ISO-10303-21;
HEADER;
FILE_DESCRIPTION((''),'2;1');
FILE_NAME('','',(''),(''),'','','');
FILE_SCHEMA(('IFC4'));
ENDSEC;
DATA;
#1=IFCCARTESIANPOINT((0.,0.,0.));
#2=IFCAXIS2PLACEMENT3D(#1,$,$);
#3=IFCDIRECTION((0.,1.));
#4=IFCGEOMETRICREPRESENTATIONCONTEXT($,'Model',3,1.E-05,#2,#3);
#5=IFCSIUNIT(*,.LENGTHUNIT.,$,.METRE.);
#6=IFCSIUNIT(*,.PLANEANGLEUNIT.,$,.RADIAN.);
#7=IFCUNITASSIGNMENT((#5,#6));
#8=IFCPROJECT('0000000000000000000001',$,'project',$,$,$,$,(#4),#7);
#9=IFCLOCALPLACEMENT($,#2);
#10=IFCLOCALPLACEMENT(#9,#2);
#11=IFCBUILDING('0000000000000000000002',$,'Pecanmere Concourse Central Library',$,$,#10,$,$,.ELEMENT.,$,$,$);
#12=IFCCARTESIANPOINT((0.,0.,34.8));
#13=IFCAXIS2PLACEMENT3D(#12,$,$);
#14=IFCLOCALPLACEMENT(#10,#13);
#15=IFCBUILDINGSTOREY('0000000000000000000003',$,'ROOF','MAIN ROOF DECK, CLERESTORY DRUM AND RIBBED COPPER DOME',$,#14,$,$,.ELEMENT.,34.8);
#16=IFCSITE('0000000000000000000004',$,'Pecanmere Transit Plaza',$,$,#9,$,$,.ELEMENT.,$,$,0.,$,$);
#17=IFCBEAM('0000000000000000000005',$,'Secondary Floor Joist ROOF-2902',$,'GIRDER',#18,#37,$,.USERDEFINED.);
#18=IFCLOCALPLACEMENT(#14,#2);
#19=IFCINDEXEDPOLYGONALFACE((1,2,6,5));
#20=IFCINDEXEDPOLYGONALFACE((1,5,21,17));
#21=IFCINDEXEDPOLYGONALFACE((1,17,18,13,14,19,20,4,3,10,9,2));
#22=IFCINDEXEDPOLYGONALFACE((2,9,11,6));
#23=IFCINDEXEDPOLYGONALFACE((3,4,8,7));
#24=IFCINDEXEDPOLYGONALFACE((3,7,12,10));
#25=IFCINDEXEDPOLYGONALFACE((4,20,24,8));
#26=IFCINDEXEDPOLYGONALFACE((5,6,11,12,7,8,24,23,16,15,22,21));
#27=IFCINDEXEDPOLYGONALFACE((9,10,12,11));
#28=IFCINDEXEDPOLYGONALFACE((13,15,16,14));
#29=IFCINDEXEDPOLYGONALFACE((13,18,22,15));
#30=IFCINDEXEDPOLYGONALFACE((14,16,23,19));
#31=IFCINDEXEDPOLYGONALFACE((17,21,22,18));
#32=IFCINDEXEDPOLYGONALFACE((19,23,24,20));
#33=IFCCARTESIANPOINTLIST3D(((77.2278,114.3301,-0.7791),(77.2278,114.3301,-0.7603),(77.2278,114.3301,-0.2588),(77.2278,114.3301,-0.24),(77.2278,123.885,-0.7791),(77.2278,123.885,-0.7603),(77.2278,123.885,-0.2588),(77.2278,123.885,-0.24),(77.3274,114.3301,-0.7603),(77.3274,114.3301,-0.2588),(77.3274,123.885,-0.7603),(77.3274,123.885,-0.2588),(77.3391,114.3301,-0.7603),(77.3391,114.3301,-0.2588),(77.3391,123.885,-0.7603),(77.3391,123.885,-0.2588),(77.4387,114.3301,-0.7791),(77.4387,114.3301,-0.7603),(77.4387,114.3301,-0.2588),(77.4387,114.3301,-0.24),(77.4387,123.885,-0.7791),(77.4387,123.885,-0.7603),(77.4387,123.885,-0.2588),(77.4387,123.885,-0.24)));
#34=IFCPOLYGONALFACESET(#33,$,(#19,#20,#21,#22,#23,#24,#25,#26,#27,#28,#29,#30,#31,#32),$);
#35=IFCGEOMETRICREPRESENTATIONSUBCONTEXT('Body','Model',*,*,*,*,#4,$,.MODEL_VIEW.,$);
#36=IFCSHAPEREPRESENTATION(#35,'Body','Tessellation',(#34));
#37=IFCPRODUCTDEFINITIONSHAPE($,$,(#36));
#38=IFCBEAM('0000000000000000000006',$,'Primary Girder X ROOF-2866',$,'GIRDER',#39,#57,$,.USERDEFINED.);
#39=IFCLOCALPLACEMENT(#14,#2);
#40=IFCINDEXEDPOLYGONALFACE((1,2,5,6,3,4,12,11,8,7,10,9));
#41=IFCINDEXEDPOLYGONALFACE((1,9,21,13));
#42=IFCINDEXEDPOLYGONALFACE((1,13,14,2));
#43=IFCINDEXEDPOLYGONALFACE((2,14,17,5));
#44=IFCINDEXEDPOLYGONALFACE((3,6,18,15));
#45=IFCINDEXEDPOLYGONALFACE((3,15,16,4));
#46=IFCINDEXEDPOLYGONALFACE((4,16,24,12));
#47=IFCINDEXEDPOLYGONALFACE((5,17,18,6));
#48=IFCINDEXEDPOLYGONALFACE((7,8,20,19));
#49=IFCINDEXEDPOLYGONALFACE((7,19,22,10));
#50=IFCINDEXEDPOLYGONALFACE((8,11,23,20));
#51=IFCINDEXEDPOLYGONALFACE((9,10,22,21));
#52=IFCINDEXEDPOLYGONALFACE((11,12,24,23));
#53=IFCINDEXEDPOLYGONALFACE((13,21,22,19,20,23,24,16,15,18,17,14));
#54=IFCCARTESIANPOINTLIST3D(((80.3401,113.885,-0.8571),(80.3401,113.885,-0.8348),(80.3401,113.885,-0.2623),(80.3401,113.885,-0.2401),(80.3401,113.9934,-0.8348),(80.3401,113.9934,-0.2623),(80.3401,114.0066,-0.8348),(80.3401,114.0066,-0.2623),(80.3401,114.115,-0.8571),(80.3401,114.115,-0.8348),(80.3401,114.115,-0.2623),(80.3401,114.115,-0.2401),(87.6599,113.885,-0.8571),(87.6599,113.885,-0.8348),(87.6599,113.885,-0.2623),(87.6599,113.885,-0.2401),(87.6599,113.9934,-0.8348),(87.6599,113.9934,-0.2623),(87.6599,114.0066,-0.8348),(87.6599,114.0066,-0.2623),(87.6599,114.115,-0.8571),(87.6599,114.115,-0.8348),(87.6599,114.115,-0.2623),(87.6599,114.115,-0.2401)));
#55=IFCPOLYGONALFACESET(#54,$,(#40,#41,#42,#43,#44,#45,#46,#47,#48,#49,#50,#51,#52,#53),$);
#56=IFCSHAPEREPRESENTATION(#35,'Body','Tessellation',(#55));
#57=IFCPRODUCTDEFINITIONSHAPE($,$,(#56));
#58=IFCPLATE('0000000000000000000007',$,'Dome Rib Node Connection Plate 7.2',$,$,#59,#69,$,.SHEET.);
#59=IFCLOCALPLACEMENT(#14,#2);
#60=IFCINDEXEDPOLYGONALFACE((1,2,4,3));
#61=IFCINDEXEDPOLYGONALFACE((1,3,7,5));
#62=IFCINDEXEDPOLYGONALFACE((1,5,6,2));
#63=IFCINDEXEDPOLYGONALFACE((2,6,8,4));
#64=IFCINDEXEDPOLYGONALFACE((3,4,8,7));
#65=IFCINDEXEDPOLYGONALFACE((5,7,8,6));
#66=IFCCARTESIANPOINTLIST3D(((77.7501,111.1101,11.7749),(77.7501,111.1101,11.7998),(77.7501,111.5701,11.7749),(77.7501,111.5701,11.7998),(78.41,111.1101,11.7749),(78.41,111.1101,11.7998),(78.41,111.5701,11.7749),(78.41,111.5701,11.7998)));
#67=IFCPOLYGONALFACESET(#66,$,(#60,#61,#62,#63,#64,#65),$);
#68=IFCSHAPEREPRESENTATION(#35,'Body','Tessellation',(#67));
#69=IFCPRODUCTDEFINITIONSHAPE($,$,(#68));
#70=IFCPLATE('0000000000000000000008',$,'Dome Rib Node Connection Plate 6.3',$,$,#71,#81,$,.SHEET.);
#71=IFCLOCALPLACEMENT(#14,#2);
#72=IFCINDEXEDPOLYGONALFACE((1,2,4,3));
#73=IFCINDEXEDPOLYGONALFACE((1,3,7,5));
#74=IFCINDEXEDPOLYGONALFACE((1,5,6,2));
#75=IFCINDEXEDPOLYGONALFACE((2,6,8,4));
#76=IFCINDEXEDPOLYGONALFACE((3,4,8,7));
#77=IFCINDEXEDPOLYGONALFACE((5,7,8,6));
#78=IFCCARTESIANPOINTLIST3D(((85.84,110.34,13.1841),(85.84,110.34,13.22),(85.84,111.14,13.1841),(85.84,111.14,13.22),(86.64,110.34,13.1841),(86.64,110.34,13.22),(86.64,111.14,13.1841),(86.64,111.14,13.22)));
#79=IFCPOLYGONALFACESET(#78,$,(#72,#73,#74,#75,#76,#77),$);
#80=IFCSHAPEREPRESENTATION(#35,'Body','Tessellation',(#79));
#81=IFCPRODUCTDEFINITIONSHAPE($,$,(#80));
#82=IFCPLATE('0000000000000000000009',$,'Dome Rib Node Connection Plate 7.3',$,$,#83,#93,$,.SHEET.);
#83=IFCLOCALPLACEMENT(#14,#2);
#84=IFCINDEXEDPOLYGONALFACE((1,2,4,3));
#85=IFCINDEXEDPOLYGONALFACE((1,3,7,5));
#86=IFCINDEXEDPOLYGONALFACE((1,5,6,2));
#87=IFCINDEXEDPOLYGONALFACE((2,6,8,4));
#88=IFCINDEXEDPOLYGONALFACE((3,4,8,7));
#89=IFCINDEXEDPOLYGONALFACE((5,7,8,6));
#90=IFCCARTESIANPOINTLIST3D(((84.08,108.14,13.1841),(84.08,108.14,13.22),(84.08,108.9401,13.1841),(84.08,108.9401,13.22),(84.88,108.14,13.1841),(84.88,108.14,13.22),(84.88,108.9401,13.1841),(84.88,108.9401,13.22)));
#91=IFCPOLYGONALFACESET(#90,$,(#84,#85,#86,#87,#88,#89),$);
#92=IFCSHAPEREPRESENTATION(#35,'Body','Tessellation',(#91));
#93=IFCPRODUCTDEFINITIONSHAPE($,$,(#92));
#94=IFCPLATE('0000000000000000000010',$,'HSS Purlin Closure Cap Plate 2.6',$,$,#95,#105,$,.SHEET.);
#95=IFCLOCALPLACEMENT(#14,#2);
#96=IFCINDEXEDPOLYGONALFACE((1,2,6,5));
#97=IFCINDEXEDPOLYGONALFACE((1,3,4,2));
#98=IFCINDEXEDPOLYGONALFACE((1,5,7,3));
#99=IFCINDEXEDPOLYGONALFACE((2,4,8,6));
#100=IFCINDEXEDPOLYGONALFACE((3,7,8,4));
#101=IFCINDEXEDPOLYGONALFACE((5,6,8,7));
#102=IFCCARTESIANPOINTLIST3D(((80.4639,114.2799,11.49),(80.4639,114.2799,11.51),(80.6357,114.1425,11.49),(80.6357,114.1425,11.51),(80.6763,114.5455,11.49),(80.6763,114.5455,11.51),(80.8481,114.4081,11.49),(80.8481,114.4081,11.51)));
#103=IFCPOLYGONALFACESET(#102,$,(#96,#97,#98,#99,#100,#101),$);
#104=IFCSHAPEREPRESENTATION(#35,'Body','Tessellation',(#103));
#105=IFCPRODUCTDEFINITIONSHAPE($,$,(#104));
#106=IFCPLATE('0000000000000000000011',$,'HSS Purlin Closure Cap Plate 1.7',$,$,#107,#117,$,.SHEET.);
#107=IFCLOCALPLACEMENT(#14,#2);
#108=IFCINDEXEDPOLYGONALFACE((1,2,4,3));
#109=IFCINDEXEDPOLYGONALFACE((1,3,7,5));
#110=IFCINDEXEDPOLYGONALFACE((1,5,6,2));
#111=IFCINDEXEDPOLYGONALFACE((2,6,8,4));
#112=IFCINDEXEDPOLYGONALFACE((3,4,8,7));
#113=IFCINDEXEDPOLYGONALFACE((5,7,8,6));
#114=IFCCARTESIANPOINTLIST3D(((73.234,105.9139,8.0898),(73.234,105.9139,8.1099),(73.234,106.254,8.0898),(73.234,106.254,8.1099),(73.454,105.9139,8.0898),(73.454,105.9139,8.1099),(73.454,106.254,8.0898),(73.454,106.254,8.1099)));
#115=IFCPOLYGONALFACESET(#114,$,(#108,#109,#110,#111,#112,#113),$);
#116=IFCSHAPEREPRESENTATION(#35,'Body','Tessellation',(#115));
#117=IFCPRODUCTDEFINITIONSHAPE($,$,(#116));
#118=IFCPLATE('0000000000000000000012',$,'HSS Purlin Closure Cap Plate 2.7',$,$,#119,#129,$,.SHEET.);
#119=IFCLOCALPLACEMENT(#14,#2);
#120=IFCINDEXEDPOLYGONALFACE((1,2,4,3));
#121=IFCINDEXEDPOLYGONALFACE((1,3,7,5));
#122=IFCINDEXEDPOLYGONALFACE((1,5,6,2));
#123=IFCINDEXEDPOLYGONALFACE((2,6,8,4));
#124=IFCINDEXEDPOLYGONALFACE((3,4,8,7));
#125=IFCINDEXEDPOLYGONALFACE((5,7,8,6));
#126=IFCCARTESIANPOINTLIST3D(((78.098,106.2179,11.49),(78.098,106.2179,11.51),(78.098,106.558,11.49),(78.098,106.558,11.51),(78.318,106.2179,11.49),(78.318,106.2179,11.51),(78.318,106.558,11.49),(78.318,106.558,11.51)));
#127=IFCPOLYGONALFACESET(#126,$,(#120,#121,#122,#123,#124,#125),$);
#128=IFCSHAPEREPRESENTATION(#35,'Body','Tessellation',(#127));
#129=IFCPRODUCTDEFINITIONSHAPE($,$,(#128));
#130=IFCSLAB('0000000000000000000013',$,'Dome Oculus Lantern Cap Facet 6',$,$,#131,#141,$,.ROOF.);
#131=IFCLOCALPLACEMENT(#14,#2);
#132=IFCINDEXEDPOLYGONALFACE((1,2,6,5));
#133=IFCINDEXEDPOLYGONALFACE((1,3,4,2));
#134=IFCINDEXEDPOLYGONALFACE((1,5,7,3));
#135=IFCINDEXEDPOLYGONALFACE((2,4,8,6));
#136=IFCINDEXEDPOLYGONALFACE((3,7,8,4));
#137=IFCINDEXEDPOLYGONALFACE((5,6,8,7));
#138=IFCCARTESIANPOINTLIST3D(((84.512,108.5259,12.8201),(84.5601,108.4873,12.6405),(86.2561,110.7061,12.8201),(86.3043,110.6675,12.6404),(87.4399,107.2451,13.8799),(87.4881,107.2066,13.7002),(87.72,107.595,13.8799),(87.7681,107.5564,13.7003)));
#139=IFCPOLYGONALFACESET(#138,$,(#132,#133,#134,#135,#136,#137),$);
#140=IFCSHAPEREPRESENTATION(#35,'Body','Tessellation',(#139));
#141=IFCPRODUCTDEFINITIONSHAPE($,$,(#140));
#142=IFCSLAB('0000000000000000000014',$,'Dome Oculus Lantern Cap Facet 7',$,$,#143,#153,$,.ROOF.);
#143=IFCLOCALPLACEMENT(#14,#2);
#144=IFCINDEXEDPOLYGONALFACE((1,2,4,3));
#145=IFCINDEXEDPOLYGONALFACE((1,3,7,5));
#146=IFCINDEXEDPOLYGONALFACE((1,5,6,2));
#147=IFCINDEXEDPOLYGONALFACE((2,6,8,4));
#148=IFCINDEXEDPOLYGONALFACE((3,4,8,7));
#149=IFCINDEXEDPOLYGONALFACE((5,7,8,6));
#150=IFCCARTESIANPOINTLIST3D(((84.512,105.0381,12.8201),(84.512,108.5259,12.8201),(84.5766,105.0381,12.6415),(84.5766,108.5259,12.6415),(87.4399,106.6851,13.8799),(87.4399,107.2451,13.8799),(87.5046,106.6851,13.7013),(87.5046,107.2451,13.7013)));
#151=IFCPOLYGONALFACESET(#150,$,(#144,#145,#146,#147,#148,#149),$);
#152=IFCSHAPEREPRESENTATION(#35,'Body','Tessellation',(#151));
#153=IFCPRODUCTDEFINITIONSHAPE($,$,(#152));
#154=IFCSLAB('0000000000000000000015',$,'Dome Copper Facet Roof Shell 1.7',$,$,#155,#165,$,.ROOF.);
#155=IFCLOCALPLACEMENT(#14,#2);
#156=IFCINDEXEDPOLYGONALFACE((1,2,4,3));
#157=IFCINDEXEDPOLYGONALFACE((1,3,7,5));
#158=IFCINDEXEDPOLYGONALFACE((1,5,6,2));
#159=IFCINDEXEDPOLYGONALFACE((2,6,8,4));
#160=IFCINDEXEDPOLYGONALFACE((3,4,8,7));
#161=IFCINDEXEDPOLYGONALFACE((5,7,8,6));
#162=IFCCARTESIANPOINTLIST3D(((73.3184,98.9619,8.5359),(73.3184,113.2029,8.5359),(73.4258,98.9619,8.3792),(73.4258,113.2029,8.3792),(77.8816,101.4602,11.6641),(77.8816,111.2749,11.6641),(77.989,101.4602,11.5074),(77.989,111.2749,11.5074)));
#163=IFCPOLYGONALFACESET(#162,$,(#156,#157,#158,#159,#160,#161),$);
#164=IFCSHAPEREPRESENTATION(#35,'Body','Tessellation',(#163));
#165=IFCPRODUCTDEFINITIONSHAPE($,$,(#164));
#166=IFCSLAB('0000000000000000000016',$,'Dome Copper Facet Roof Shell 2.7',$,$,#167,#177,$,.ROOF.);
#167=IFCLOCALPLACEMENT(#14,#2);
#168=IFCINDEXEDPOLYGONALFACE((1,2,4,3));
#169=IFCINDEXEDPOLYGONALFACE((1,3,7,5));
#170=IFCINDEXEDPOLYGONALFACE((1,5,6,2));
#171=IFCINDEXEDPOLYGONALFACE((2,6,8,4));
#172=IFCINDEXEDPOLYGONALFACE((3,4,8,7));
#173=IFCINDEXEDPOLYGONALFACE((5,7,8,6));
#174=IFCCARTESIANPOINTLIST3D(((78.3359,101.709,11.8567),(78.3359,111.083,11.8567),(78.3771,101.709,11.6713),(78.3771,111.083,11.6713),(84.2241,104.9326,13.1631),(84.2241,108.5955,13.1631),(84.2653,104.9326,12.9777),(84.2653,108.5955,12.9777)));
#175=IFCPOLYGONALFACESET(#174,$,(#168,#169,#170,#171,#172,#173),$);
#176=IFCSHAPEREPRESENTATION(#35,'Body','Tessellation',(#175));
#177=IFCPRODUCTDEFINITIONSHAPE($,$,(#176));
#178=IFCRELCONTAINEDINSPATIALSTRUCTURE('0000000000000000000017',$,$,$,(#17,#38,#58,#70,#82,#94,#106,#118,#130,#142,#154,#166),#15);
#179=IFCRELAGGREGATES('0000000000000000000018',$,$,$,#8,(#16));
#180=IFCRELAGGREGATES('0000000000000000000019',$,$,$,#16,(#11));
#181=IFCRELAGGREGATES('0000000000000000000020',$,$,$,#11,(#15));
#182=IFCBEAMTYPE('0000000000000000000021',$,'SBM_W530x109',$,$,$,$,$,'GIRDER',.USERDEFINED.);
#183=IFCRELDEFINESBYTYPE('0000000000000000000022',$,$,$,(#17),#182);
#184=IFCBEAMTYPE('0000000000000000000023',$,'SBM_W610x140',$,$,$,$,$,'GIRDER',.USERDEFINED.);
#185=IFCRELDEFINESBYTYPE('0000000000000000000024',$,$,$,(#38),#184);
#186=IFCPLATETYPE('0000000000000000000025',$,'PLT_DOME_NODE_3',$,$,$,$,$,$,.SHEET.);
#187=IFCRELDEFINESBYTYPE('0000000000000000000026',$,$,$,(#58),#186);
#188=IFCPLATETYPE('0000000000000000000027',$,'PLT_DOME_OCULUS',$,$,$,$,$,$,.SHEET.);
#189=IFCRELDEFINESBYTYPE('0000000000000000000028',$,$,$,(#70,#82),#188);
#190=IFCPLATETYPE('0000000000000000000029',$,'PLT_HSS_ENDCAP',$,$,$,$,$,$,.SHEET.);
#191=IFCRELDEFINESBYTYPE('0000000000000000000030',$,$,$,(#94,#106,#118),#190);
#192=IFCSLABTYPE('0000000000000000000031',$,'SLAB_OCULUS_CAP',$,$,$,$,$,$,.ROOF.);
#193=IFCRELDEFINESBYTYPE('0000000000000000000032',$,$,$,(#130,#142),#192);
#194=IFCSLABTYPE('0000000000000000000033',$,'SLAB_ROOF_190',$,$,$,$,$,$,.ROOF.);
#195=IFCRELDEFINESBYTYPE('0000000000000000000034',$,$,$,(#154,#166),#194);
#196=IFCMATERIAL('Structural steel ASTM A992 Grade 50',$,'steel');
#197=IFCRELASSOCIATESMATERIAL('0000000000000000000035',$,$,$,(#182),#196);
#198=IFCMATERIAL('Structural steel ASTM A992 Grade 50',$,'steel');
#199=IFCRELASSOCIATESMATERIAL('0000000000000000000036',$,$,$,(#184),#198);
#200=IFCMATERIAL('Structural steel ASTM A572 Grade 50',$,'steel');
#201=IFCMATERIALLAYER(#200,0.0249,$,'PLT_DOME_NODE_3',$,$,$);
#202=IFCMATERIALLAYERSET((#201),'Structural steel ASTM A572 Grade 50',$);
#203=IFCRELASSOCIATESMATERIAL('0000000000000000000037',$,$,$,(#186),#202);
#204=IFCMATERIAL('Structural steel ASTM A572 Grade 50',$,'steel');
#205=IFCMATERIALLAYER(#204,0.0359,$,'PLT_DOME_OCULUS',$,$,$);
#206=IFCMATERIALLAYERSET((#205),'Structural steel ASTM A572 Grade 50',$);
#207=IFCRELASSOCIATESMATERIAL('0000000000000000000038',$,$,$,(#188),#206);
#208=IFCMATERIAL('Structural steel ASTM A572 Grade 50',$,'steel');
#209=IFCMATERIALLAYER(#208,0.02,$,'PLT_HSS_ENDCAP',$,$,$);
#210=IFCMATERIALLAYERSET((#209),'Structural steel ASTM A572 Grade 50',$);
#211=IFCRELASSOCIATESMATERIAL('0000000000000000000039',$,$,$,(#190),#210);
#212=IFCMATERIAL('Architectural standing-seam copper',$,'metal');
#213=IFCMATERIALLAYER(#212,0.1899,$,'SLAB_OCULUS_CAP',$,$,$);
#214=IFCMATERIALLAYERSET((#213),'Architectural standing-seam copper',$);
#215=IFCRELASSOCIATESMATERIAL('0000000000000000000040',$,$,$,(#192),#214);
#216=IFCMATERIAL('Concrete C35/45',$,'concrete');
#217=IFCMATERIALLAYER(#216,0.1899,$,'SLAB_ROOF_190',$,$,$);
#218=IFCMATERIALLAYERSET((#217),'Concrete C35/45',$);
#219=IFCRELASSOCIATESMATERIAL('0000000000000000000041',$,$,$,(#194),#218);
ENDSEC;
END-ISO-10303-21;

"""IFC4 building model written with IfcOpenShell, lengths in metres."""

from ifc_helpers import new_model, si_unit, direction, frame, origin, origin_2d, place, context, subcontext, project, spatial, polyline, rectangle, i_section, outline, extrude, material, layer, layer_set, material_profile, profile_set, type_object, element, save


model = new_model("IFC4")

# Units and contexts
model_context = context("Model", 3, precision=1e-05, world=origin(), true_north=direction((0.0, 1.0)))
body_context = subcontext(model_context, "Body", "Model", "MODEL_VIEW")
ifc_project = project(units=[si_unit("LENGTHUNIT", "METRE"), si_unit("PLANEANGLEUNIT", "RADIAN")], contexts=[model_context])

# Site, building, storey
site_placement = place(None, origin())
site = spatial("IfcSite", under=ifc_project, at=site_placement, Name="Pecanmere Transit Plaza", CompositionType="ELEMENT", RefElevation=0.0)
building_placement = place(site_placement, origin())
building = spatial("IfcBuilding", under=site, at=building_placement, Name="Pecanmere Concourse Central Library", CompositionType="ELEMENT")
storey_placement = place(building_placement, frame((0.0, 0.0, 34.8)))
storey = spatial("IfcBuildingStorey", under=building, at=storey_placement, Name="ROOF", Description="MAIN ROOF DECK, CLERESTORY DRUM AND RIBBED COPPER DOME", CompositionType="ELEMENT", Elevation=34.8)

# Beams
ifc_material_1 = material(Name="Structural steel ASTM A992 Grade 50", Category="steel")
ifc_material_profile_1 = material_profile(ifc_material_1, i_section(OverallWidth=0.2109, OverallDepth=0.5391, WebThickness=0.0117, FlangeThickness=0.0188, at=origin_2d()), Name="W530x109")
ifc_profile_set_1 = profile_set([ifc_material_profile_1], Name="Structural steel ASTM A992 Grade 50")
beam_type_1 = type_object("IfcBeamType", Name="SBM_W530x109", ElementType="GIRDER", PredefinedType="USERDEFINED", material=ifc_profile_set_1)
beam_1_placement = place(storey_placement, frame((77.3333, 114.3301, -0.5095), z_axis=(0.0, 1.0, 0.0), x_axis=(-1.0, 0.0, 0.0)))
element("IfcBeam", 1, at=beam_1_placement, inside=storey, type_object=beam_type_1, Name="Secondary Floor Joist ROOF-2902", ObjectType="GIRDER", PredefinedType="USERDEFINED", context=body_context, shape_type="SweptSolid", body=[
    extrude(i_section(OverallWidth=0.2109, OverallDepth=0.5391, WebThickness=0.0117, FlangeThickness=0.0188, at=origin_2d()), origin(), (0.0, 0.0, 1.0), 9.5549),
])
ifc_material_2 = material(Name="Structural steel ASTM A992 Grade 50", Category="steel")
ifc_material_profile_2 = material_profile(ifc_material_2, i_section(OverallWidth=0.23, OverallDepth=0.6169, WebThickness=0.0132, FlangeThickness=0.0222, at=origin_2d()), Name="W610x140")
ifc_profile_set_2 = profile_set([ifc_material_profile_2], Name="Structural steel ASTM A992 Grade 50")
beam_type_2 = type_object("IfcBeamType", Name="SBM_W610x140", ElementType="GIRDER", PredefinedType="USERDEFINED", material=ifc_profile_set_2)
beam_2_placement = place(storey_placement, frame((80.3401, 114.0, -0.5486), z_axis=(1.0, 0.0, 0.0), x_axis=(0.0, 1.0, 0.0)))
element("IfcBeam", 2, at=beam_2_placement, inside=storey, type_object=beam_type_2, Name="Primary Girder X ROOF-2866", ObjectType="GIRDER", PredefinedType="USERDEFINED", context=body_context, shape_type="SweptSolid", body=[
    extrude(i_section(OverallWidth=0.23, OverallDepth=0.6169, WebThickness=0.0132, FlangeThickness=0.0222, at=origin_2d()), origin(), (0.0, 0.0, 1.0), 7.3198),
])

# Plates
ifc_material_3 = material(Name="Structural steel ASTM A572 Grade 50", Category="steel")
ifc_layer_1 = layer(ifc_material_3, 0.0249, Name="PLT_DOME_NODE_3")
ifc_layer_set_1 = layer_set([ifc_layer_1], Name="Structural steel ASTM A572 Grade 50")
plate_type_1 = type_object("IfcPlateType", Name="PLT_DOME_NODE_3", PredefinedType="SHEET", material=ifc_layer_set_1)
plate_placement = place(storey_placement, frame((78.0801, 111.3401, 11.7749), z_axis=(0.0, 0.0, 1.0), x_axis=(1.0, 0.0, 0.0)))
element("IfcPlate", 3, at=plate_placement, inside=storey, type_object=plate_type_1, Name="Dome Rib Node Connection Plate 7.2", PredefinedType="SHEET", context=body_context, shape_type="SweptSolid", body=[
    extrude(rectangle(XDim=0.6599, YDim=0.46, at=origin_2d()), origin(), (0.0, 0.0, 1.0), 0.0249),
])
ifc_material_4 = material(Name="Structural steel ASTM A572 Grade 50", Category="steel")
ifc_layer_2 = layer(ifc_material_4, 0.0359, Name="PLT_DOME_OCULUS")
ifc_layer_set_2 = layer_set([ifc_layer_2], Name="Structural steel ASTM A572 Grade 50")
plate_type_2 = type_object("IfcPlateType", Name="PLT_DOME_OCULUS", PredefinedType="SHEET", material=ifc_layer_set_2)
for number, where, z_axis, x_axis, name in (
    (4, (86.24, 110.74, 13.1841), (0.0, 0.0, 1.0), (1.0, 0.0, 0.0), "Dome Rib Node Connection Plate 6.3"),
    (5, (84.48, 108.54, 13.1841), (0.0, 0.0, 1.0), (1.0, 0.0, 0.0), "Dome Rib Node Connection Plate 7.3"),
):
    element("IfcPlate", number, at=place(storey_placement, frame(where, z_axis=z_axis, x_axis=x_axis)), inside=storey, type_object=plate_type_2, Name=name, PredefinedType="SHEET", context=body_context, shape_type="SweptSolid", body=[
        extrude(rectangle(XDim=0.8, YDim=0.8, at=origin_2d()), origin(), (0.0, 0.0, 1.0), 0.0359),
    ])
ifc_material_5 = material(Name="Structural steel ASTM A572 Grade 50", Category="steel")
ifc_layer_3 = layer(ifc_material_5, 0.02, Name="PLT_HSS_ENDCAP")
ifc_layer_set_3 = layer_set([ifc_layer_3], Name="Structural steel ASTM A572 Grade 50")
plate_type_3 = type_object("IfcPlateType", Name="PLT_HSS_ENDCAP", PredefinedType="SHEET", material=ifc_layer_set_3)
for number, where, z_axis, x_axis, name in (
    (6, (80.656, 114.344, 11.49), (0.0, 0.0, 1.0), (-0.624698, -0.780867, 0.0), "HSS Purlin Closure Cap Plate 2.6"),
    (7, (73.344, 106.084, 8.0898), (0.0, 0.0, 1.0), (0.0, -1.0, 0.0), "HSS Purlin Closure Cap Plate 1.7"),
    (8, (78.208, 106.3879, 11.49), (0.0, 0.0, 1.0), (0.0, -1.0, 0.0), "HSS Purlin Closure Cap Plate 2.7"),
):
    element("IfcPlate", number, at=place(storey_placement, frame(where, z_axis=z_axis, x_axis=x_axis)), inside=storey, type_object=plate_type_3, Name=name, PredefinedType="SHEET", context=body_context, shape_type="SweptSolid", body=[
        extrude(rectangle(XDim=0.3401, YDim=0.22, at=origin_2d()), origin(), (0.0, 0.0, 1.0), 0.02),
    ])

# Slabs
ifc_material_6 = material(Name="Architectural standing-seam copper", Category="metal")
ifc_layer_4 = layer(ifc_material_6, 0.1899, Name="SLAB_OCULUS_CAP")
ifc_layer_set_4 = layer_set([ifc_layer_4], Name="Architectural standing-seam copper")
slab_type_1 = type_object("IfcSlabType", Name="SLAB_OCULUS_CAP", PredefinedType="ROOF", material=ifc_layer_set_4)
slab_1_placement = place(storey_placement, frame((86.2561, 110.7061, 12.8201), z_axis=(-0.253586, 0.202883, 0.945797), x_axis=(-0.624698, -0.780866, 0.000011)))
element("IfcSlab", 9, at=slab_1_placement, inside=storey, type_object=slab_type_1, Name="Dome Oculus Lantern Cap Facet 6", PredefinedType="ROOF", context=body_context, shape_type="SweptSolid", body=[
    extrude(outline(polyline([(0.0, 0.0), (2.792, 0.0), (1.963, 3.2633), (1.5149, 3.2634), (0.0, 0.0)])), origin(), (0.0, 0.0, -1.0), 0.1899),
])
slab_2_placement = place(storey_placement, frame((84.512, 108.5259, 12.8201), z_axis=(-0.340351, 0.0, 0.940298), x_axis=(0.0, -1.0, 0.0)))
element("IfcSlab", 10, at=slab_2_placement, inside=storey, type_object=slab_type_1, Name="Dome Oculus Lantern Cap Facet 7", PredefinedType="ROOF", context=body_context, shape_type="SweptSolid", body=[
    extrude(outline(polyline([(0.0, 0.0), (3.4878, 0.0), (1.8408, 3.1139), (1.2808, 3.1139), (0.0, 0.0)])), origin(), (0.0, 0.0, -1.0), 0.1899),
])
ifc_material_7 = material(Name="Concrete C35/45", Category="concrete")
ifc_layer_5 = layer(ifc_material_7, 0.1899, Name="SLAB_ROOF_190")
ifc_layer_set_5 = layer_set([ifc_layer_5], Name="Concrete C35/45")
slab_type_2 = type_object("IfcSlabType", Name="SLAB_ROOF_190", PredefinedType="ROOF", material=ifc_layer_set_5)
slab_3_placement = place(storey_placement, frame((73.3184, 113.2029, 8.5359), z_axis=(-0.565418, 0.0, 0.824805), x_axis=(0.0, -1.0, 0.0)))
element("IfcSlab", 11, at=slab_3_placement, inside=storey, type_object=slab_type_2, Name="Dome Copper Facet Roof Shell 1.7", PredefinedType="ROOF", context=body_context, shape_type="SweptSolid", body=[
    extrude(outline(polyline([(0.0, 0.0), (14.241, 0.0), (11.7427, 5.5325), (1.928, 5.5325), (0.0, 0.0)])), origin(), (0.0, 0.0, -1.0), 0.1899),
])
slab_4_placement = place(storey_placement, frame((78.3359, 111.083, 11.8567), z_axis=(-0.2166, 0.0, 0.97626), x_axis=(0.0, -1.0, 0.0)))
element("IfcSlab", 12, at=slab_4_placement, inside=storey, type_object=slab_type_2, Name="Dome Copper Facet Roof Shell 2.7", PredefinedType="ROOF", context=body_context, shape_type="SweptSolid", body=[
    extrude(outline(polyline([(0.0, 0.0), (9.374, 0.0), (6.1504, 6.0314), (2.4875, 6.0314), (0.0, 0.0)])), origin(), (0.0, 0.0, -1.0), 0.1899),
])

save(model, "model.ifc")
